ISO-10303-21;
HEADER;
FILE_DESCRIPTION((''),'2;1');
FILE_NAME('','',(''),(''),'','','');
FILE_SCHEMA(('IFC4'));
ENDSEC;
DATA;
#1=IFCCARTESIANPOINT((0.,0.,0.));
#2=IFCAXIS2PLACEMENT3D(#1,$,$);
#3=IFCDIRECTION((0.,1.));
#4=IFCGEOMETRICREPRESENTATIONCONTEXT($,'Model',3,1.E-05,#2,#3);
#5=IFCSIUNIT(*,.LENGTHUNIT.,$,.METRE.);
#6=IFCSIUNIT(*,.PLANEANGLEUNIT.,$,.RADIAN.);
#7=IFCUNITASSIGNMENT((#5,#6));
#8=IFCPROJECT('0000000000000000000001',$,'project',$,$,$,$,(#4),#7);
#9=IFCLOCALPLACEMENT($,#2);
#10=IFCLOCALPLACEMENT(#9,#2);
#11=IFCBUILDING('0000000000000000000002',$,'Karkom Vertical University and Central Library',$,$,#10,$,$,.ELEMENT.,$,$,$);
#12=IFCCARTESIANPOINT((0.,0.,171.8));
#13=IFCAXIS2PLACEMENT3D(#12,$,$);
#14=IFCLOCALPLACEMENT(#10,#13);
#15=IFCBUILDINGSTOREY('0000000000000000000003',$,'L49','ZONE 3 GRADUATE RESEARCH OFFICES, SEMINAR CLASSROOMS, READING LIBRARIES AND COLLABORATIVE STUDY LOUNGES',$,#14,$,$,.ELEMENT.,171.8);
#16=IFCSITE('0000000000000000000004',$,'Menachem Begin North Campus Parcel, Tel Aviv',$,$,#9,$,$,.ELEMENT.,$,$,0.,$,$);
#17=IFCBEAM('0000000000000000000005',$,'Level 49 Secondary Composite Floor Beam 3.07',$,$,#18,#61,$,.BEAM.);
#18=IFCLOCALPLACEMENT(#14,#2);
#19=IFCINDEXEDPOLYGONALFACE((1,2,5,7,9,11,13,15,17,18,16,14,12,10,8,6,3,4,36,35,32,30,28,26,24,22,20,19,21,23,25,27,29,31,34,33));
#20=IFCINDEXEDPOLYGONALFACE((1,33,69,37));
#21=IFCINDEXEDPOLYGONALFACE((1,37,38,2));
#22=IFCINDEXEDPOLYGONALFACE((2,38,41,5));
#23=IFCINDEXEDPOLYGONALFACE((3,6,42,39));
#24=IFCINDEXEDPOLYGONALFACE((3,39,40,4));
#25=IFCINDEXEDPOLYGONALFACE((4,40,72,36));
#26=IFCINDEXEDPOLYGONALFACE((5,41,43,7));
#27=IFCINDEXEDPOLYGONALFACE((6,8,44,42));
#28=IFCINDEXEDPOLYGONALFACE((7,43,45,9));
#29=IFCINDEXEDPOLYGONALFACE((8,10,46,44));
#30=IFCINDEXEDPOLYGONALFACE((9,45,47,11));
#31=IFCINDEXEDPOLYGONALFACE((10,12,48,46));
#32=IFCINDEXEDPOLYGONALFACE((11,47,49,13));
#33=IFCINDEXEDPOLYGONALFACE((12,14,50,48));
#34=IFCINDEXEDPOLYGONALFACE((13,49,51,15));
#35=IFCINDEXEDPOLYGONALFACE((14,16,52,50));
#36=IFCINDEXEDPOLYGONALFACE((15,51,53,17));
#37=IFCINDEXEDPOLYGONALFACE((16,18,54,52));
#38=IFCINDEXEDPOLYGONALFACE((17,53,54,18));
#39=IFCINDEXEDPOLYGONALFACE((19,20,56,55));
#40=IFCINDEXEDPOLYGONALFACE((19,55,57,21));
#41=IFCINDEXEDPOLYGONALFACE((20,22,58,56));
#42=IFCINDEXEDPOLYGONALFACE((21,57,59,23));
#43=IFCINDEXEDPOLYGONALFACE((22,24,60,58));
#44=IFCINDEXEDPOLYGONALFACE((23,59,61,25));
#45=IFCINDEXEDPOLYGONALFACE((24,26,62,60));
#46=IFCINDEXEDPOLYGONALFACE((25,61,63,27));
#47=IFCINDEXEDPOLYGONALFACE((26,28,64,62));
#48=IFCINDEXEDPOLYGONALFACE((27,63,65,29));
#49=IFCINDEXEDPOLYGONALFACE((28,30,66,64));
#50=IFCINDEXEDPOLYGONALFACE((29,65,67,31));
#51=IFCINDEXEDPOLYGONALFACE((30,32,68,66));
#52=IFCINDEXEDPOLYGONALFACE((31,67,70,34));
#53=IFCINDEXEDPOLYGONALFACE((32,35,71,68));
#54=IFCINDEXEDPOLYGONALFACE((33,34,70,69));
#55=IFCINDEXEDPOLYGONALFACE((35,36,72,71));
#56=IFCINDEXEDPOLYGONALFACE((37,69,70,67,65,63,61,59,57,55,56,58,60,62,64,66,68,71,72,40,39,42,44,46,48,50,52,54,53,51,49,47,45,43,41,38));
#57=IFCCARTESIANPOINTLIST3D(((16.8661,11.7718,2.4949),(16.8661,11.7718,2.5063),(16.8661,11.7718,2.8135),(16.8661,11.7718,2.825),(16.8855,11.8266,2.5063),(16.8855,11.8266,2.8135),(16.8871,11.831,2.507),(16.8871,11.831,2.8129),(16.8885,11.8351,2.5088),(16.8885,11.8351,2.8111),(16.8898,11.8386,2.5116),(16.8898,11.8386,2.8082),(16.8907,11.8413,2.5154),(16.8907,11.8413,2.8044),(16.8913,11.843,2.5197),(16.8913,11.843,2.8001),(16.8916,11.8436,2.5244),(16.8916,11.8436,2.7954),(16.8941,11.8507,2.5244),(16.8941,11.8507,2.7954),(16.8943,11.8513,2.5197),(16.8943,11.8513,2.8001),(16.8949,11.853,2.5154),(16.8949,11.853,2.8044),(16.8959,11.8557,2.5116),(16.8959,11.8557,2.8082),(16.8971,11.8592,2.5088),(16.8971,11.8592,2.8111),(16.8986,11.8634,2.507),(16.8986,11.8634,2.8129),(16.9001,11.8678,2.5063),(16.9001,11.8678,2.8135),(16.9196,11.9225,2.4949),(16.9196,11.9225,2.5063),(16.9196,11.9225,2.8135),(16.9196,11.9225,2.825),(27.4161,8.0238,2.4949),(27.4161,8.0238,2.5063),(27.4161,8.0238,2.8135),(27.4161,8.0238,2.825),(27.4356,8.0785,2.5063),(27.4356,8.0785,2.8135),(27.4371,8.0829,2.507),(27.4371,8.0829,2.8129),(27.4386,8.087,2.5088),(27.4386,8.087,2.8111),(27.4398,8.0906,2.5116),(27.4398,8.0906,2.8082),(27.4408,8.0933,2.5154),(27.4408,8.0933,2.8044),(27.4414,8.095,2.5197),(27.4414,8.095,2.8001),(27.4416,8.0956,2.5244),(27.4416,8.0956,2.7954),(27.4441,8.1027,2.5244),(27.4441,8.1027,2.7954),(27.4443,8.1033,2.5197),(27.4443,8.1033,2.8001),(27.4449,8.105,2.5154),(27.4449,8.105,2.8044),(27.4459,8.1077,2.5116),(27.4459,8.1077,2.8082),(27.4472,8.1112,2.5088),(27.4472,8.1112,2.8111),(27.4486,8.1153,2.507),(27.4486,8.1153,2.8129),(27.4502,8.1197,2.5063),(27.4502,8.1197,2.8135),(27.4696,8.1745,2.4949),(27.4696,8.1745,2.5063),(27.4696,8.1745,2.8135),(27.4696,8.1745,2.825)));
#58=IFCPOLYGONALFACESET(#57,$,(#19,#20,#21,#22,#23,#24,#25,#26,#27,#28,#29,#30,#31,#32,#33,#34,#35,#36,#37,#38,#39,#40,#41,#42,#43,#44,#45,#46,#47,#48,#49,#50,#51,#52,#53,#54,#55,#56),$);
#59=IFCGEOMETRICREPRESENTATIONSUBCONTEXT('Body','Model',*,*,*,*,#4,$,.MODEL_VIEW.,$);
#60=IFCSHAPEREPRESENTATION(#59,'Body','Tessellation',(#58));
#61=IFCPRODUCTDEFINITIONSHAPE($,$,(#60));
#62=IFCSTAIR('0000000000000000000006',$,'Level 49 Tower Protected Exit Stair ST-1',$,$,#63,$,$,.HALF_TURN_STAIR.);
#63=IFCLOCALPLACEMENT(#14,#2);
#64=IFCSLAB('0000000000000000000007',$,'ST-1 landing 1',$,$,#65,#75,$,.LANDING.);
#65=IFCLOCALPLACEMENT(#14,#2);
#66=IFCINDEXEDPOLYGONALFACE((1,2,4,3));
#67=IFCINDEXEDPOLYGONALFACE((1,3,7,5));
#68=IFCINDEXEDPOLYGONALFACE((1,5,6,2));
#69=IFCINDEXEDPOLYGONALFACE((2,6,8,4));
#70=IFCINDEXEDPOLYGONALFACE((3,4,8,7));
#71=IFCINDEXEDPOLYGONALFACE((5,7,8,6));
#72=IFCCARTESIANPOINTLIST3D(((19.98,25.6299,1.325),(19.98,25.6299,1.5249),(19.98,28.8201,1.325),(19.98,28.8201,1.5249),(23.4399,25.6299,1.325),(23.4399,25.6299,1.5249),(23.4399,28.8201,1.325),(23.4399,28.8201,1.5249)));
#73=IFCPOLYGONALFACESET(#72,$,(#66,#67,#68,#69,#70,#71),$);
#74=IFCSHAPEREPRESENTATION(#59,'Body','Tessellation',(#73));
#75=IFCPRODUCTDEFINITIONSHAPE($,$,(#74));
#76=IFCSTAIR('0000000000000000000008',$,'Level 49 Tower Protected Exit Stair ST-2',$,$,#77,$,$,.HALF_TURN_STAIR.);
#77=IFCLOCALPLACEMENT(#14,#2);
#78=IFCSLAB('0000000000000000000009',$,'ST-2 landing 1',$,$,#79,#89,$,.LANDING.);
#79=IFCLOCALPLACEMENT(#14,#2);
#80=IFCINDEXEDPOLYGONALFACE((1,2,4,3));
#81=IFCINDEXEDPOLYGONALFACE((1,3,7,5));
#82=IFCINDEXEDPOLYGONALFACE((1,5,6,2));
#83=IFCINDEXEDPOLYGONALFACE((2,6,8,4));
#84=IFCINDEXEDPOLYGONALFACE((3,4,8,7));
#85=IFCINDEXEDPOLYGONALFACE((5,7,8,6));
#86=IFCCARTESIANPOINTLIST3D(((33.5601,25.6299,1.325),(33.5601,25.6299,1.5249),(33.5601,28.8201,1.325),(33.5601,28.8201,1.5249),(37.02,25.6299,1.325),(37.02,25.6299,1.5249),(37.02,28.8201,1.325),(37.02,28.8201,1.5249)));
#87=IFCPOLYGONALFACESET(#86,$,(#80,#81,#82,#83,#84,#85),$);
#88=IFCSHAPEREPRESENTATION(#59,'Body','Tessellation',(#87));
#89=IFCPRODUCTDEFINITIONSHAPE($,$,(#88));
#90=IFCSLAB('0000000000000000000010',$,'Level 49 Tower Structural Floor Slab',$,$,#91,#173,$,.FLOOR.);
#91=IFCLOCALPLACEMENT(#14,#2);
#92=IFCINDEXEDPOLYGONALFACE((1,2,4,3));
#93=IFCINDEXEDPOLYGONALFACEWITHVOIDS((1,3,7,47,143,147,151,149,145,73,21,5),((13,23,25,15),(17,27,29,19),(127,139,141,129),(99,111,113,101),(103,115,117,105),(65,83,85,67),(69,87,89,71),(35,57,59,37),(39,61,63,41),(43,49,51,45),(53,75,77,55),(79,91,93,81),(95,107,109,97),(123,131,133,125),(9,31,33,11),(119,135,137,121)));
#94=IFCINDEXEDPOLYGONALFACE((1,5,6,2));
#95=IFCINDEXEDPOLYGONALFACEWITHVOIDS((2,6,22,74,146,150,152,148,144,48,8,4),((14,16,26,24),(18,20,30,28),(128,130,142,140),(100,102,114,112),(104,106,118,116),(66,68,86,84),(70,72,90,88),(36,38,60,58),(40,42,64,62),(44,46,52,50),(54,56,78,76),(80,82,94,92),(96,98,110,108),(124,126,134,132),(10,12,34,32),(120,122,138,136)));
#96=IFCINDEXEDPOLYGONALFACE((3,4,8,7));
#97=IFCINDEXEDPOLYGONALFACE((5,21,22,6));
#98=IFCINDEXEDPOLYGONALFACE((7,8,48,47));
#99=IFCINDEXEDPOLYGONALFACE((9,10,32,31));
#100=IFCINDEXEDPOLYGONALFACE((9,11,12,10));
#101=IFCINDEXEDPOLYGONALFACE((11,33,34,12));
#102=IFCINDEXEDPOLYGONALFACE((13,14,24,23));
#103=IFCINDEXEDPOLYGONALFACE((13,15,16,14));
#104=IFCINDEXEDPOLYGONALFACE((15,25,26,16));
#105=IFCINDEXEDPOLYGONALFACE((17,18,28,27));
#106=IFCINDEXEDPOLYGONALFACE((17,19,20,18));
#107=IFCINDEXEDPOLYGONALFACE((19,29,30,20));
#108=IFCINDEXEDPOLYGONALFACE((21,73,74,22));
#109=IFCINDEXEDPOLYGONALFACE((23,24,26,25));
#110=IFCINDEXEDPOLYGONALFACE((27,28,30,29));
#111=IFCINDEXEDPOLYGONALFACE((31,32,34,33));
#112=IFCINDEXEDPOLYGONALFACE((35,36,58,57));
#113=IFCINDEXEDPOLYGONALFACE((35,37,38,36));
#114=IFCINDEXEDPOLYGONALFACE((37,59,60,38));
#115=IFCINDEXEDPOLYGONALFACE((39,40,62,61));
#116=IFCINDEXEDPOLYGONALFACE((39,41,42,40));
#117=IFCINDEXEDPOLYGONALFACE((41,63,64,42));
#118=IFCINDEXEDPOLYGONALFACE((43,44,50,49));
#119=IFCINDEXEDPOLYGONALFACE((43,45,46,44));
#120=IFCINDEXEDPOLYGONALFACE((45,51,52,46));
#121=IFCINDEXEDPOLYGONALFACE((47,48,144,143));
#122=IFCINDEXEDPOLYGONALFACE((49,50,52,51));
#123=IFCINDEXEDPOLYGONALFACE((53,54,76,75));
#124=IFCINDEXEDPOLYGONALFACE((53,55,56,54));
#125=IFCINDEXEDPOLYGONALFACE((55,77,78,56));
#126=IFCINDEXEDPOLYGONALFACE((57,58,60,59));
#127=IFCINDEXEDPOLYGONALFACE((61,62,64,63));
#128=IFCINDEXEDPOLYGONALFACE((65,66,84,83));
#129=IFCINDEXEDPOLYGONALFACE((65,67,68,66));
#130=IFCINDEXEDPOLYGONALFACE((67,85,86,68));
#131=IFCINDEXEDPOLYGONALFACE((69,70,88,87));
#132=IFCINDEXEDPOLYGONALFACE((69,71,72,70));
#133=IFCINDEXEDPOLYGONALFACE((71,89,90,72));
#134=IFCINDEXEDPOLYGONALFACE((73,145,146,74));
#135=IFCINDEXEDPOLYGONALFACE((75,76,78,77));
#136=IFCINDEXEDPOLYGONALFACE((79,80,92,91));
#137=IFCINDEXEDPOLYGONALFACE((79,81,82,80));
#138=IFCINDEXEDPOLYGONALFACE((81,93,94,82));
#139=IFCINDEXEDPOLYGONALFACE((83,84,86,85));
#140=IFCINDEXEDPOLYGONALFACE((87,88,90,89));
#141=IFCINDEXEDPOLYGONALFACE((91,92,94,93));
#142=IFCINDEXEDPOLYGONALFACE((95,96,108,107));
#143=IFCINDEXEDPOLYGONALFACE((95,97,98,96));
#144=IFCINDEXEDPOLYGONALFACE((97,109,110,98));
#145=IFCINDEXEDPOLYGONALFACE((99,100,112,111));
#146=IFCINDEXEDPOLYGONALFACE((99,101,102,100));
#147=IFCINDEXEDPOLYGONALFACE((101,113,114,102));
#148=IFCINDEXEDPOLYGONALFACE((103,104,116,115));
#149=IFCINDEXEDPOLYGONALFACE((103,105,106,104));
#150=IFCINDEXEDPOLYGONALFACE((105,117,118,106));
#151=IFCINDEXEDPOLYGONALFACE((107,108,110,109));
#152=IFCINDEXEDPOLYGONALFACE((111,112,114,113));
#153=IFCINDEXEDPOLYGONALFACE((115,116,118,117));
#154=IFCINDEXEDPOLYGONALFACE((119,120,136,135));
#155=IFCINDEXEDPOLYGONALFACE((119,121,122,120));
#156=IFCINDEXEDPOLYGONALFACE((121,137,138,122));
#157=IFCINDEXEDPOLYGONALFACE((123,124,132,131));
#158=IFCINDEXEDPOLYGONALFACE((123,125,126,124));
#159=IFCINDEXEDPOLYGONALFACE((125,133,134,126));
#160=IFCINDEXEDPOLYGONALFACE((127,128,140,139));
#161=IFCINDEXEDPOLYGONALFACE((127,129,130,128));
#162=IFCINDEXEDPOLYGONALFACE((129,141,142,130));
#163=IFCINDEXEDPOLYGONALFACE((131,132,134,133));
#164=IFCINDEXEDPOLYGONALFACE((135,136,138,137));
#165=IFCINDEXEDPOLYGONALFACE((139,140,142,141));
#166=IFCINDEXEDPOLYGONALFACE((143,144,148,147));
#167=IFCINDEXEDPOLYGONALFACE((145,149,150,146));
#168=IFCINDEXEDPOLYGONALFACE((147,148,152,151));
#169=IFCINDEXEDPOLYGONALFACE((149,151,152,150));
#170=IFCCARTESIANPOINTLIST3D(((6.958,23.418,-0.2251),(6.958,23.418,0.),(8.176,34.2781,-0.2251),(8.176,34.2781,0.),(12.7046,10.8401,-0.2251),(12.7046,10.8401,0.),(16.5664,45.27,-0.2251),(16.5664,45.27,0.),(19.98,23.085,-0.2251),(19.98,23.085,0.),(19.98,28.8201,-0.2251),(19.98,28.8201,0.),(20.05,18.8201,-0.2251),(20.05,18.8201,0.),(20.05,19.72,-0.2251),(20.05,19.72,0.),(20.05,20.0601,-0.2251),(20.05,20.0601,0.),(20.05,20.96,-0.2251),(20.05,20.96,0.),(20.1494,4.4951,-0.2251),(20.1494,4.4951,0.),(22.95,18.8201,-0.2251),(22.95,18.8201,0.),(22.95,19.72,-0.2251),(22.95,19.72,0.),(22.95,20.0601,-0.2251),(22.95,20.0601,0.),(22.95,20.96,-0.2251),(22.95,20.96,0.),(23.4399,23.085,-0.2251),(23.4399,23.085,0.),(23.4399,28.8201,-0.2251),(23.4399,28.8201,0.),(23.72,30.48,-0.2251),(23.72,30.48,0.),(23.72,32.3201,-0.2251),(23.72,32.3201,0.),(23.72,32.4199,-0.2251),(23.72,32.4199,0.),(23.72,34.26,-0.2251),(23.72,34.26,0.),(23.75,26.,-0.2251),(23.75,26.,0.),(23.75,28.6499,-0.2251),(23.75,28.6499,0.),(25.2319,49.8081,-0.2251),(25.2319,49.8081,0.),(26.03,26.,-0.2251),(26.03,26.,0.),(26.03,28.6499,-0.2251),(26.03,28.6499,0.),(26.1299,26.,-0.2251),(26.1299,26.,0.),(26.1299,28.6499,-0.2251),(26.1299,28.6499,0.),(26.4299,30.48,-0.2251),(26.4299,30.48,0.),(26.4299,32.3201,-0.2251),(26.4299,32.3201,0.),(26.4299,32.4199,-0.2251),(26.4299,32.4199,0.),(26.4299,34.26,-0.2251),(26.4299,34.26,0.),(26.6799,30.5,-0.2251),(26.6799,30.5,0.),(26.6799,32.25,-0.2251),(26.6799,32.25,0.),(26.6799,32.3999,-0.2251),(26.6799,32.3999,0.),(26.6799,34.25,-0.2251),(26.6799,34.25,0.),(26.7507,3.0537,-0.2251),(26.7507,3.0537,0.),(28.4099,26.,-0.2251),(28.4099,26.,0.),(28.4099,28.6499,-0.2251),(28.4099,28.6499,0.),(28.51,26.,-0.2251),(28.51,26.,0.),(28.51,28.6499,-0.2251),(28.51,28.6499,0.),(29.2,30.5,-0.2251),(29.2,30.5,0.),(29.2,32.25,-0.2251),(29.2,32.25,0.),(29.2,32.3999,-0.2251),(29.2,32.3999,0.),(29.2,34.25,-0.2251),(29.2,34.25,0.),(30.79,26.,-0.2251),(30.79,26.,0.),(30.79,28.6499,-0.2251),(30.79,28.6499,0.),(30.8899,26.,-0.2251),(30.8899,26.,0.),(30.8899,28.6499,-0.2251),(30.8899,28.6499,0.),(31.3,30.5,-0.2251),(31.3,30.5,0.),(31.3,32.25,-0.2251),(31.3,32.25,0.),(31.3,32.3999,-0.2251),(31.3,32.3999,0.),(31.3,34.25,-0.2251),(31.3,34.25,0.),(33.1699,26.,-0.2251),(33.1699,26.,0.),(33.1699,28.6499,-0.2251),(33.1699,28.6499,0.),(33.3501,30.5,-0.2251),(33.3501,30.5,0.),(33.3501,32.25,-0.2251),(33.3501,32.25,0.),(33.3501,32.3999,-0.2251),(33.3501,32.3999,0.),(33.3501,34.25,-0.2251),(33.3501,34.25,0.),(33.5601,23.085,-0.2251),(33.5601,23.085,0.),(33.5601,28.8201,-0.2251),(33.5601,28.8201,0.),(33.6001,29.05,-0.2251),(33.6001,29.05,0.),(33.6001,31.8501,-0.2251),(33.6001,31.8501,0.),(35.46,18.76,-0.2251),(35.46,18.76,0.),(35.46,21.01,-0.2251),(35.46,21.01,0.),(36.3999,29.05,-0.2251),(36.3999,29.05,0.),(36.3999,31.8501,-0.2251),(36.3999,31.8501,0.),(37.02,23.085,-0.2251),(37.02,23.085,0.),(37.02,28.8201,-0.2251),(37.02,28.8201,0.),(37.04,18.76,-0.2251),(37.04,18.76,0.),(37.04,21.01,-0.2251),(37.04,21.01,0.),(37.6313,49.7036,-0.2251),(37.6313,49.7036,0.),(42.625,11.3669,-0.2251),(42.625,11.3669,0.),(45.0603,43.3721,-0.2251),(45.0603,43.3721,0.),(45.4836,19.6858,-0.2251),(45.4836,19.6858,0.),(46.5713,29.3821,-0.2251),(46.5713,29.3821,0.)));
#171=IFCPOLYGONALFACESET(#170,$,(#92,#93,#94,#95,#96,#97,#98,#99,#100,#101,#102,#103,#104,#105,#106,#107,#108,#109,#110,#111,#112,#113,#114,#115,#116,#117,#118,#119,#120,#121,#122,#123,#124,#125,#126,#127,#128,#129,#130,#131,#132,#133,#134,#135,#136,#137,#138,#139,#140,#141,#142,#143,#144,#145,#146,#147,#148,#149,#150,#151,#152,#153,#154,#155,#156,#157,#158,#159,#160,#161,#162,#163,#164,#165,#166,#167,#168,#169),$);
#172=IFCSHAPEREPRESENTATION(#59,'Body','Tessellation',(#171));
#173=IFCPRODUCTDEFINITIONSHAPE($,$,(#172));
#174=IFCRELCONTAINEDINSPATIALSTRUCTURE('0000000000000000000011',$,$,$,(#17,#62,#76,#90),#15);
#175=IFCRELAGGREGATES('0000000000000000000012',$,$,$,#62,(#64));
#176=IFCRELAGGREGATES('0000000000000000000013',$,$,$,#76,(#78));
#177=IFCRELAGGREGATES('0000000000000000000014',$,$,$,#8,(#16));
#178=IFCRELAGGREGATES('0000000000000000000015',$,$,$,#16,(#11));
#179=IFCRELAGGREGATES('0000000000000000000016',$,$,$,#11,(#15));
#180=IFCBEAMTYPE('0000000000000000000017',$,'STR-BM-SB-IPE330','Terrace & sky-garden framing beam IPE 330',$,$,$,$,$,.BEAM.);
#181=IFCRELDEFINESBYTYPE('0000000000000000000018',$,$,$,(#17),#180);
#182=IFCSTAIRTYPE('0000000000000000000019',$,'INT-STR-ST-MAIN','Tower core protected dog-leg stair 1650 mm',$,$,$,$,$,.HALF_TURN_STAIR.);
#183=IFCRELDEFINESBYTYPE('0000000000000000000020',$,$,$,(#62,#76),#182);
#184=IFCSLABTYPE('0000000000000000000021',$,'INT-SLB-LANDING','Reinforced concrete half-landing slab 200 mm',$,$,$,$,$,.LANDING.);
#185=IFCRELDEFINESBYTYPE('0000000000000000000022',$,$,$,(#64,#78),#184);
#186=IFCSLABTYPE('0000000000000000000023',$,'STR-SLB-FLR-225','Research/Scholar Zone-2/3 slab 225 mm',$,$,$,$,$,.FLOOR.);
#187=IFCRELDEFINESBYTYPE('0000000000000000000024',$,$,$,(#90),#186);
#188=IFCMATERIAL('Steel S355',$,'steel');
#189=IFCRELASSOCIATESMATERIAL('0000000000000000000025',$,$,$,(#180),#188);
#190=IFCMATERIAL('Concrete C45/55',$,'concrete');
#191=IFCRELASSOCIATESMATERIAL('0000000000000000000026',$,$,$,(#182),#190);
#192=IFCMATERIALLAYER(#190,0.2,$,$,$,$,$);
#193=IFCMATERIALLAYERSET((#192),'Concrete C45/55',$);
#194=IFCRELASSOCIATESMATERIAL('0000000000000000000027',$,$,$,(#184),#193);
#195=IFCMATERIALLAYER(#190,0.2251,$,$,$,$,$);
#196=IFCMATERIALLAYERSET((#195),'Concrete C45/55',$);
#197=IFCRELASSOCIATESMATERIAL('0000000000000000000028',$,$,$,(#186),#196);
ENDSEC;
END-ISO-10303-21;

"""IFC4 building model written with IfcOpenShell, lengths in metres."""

from ifc_helpers import new_model, si_unit, direction, frame, origin, origin_with_axes, origin_2d, place, context, subcontext, project, spatial, polyline, i_section, outline, extrude, source, transform, mapped, material, layer, layer_set, material_profile, profile_set, type_object, element, aggregate, save


model = new_model("IFC4")

# Units and contexts
model_context = context("Model", 3, precision=1e-05, world=origin(), true_north=direction((0.0, 1.0)))
body_context = subcontext(model_context, "Body", "Model", "MODEL_VIEW")
ifc_project = project(units=[si_unit("LENGTHUNIT", "METRE"), si_unit("PLANEANGLEUNIT", "RADIAN")], contexts=[model_context])

# Site, building, storey
site_placement = place(None, origin())
site = spatial("IfcSite", under=ifc_project, at=site_placement, Name="Menachem Begin North Campus Parcel, Tel Aviv", CompositionType="ELEMENT", RefElevation=0.0)
building_placement = place(site_placement, origin())
building = spatial("IfcBuilding", under=site, at=building_placement, Name="Karkom Vertical University and Central Library", CompositionType="ELEMENT")
storey_placement = place(building_placement, frame((0.0, 0.0, 171.8)))
storey = spatial("IfcBuildingStorey", under=building, at=storey_placement, Name="L49", Description="ZONE 3 GRADUATE RESEARCH OFFICES, SEMINAR CLASSROOMS, READING LIBRARIES AND COLLABORATIVE STUDY LOUNGES", CompositionType="ELEMENT", Elevation=171.8)

# Beam
ifc_material_1 = material(Name="Steel S355", Category="steel")
ifc_material_profile_1 = material_profile(ifc_material_1, i_section(OverallWidth=0.1599, OverallDepth=0.3301, WebThickness=0.0076, FlangeThickness=0.0115, FilletRadius=0.0181, at=origin_2d()), Name="IPE 330")
ifc_profile_set_1 = profile_set([ifc_material_profile_1], Name="Steel S355")
beam_type_1 = type_object("IfcBeamType", Name="STR-BM-SB-IPE330", Description="Terrace & sky-garden framing beam IPE 330", PredefinedType="BEAM", material=ifc_profile_set_1)
shared_shape_1 = source(origin_with_axes(), body_context, "Body", "SweptSolid", [
    extrude(i_section(OverallWidth=0.1599, OverallDepth=0.3301, WebThickness=0.0076, FlangeThickness=0.0115, FilletRadius=0.0181, at=origin_2d()), origin(), (0.0, 0.0, 1.0), 11.196),
])
beam_1_placement = place(storey_placement, frame((16.8928, 11.8472, 2.6599), z_axis=(0.942302, -0.334765, 0.0), x_axis=(0.334765, 0.942302, 0.0)))
element("IfcBeam", 1, at=beam_1_placement, inside=storey, type_object=beam_type_1, Name="Level 49 Secondary Composite Floor Beam 3.07", PredefinedType="BEAM", context=body_context, shape_type="MappedRepresentation", body=[
    mapped(shared_shape_1, transform((0.0, 0.0, 0.0), scale=1.0)),
])

# Stairs, slabs
ifc_material_2 = material(Name="Concrete C45/55", Category="concrete")
stair_type = type_object("IfcStairType", Name="INT-STR-ST-MAIN", Description="Tower core protected dog-leg stair 1650 mm", PredefinedType="HALF_TURN_STAIR", material=ifc_material_2)
stair_1_placement = place(storey_placement, origin())
stair_1 = element("IfcStair", 2, at=stair_1_placement, inside=storey, type_object=stair_type, Name="Level 49 Tower Protected Exit Stair ST-1", PredefinedType="HALF_TURN_STAIR")
ifc_layer_1 = layer(ifc_material_2, 0.2)
ifc_layer_set_1 = layer_set([ifc_layer_1], Name="Concrete C45/55")
slab_type_1 = type_object("IfcSlabType", Name="INT-SLB-LANDING", Description="Reinforced concrete half-landing slab 200 mm", PredefinedType="LANDING", material=ifc_layer_set_1)
slab_1_placement = place(storey_placement, frame((0.0, 0.0, 1.325)))
slab_1 = element("IfcSlab", 3, at=slab_1_placement, type_object=slab_type_1, Name="ST-1 landing 1", PredefinedType="LANDING", context=body_context, shape_type="SweptSolid", body=[
    extrude(outline(polyline([(23.4399, 25.6299), (23.4399, 28.8201), (19.98, 28.8201), (19.98, 25.6299), (23.4399, 25.6299)])), origin(), (0.0, 0.0, 1.0), 0.2),
])
aggregate(stair_1, [slab_1])
stair_2_placement = place(storey_placement, origin())
stair_2 = element("IfcStair", 4, at=stair_2_placement, inside=storey, type_object=stair_type, Name="Level 49 Tower Protected Exit Stair ST-2", PredefinedType="HALF_TURN_STAIR")
slab_2_placement = place(storey_placement, frame((0.0, 0.0, 1.325)))
slab_2 = element("IfcSlab", 5, at=slab_2_placement, type_object=slab_type_1, Name="ST-2 landing 1", PredefinedType="LANDING", context=body_context, shape_type="SweptSolid", body=[
    extrude(outline(polyline([(37.02, 25.6299), (37.02, 28.8201), (33.5601, 28.8201), (33.5601, 25.6299), (37.02, 25.6299)])), origin(), (0.0, 0.0, 1.0), 0.2),
])
aggregate(stair_2, [slab_2])

# Slab
ifc_layer_2 = layer(ifc_material_2, 0.2251)
ifc_layer_set_2 = layer_set([ifc_layer_2], Name="Concrete C45/55")
slab_type_2 = type_object("IfcSlabType", Name="STR-SLB-FLR-225", Description="Research/Scholar Zone-2/3 slab 225 mm", PredefinedType="FLOOR", material=ifc_layer_set_2)
slab_3_placement = place(storey_placement, frame((0.0, 0.0, -0.2251)))
element("IfcSlab", 6, at=slab_3_placement, inside=storey, type_object=slab_type_2, Name="Level 49 Tower Structural Floor Slab", PredefinedType="FLOOR", context=body_context, shape_type="SweptSolid", body=[
    extrude(outline(polyline([(6.958, 23.418), (12.7046, 10.8401), (20.1494, 4.4951), (26.7507, 3.0537), (42.625, 11.3669), (45.4836, 19.6858), (46.5713, 29.3821), (45.0603, 43.3721), (37.6313, 49.7036), (25.2319, 49.8081), (16.5664, 45.27), (8.176, 34.2781), (6.958, 23.418)]), holes=[polyline([(19.98, 23.085), (23.4399, 23.085), (23.4399, 28.8201), (19.98, 28.8201), (19.98, 23.085)]), polyline([(33.5601, 23.085), (37.02, 23.085), (37.02, 28.8201), (33.5601, 28.8201), (33.5601, 23.085)]), polyline([(23.75, 26.0), (26.03, 26.0), (26.03, 28.6499), (23.75, 28.6499), (23.75, 26.0)]), polyline([(26.1299, 26.0), (28.4099, 26.0), (28.4099, 28.6499), (26.1299, 28.6499), (26.1299, 26.0)]), polyline([(28.51, 26.0), (30.79, 26.0), (30.79, 28.6499), (28.51, 28.6499), (28.51, 26.0)]), polyline([(30.8899, 26.0), (33.1699, 26.0), (33.1699, 28.6499), (30.8899, 28.6499), (30.8899, 26.0)]), polyline([(26.6799, 30.5), (29.2, 30.5), (29.2, 32.25), (26.6799, 32.25), (26.6799, 30.5)]), polyline([(26.6799, 32.3999), (29.2, 32.3999), (29.2, 34.25), (26.6799, 34.25), (26.6799, 32.3999)]), polyline([(31.3, 30.5), (33.3501, 30.5), (33.3501, 32.25), (31.3, 32.25), (31.3, 30.5)]), polyline([(31.3, 32.3999), (33.3501, 32.3999), (33.3501, 34.25), (31.3, 34.25), (31.3, 32.3999)]), polyline([(23.72, 30.48), (26.4299, 30.48), (26.4299, 32.3201), (23.72, 32.3201), (23.72, 30.48)]), polyline([(23.72, 32.4199), (26.4299, 32.4199), (26.4299, 34.26), (23.72, 34.26), (23.72, 32.4199)]), polyline([(33.6001, 29.05), (36.3999, 29.05), (36.3999, 31.8501), (33.6001, 31.8501), (33.6001, 29.05)]), polyline([(20.05, 18.8201), (22.95, 18.8201), (22.95, 19.72), (20.05, 19.72), (20.05, 18.8201)]), polyline([(20.05, 20.0601), (22.95, 20.0601), (22.95, 20.96), (20.05, 20.96), (20.05, 20.0601)]), polyline([(35.46, 18.76), (37.04, 18.76), (37.04, 21.01), (35.46, 21.01), (35.46, 18.76)])]), origin(), (0.0, 0.0, 1.0), 0.2251),
])

save(model, "model.ifc")
